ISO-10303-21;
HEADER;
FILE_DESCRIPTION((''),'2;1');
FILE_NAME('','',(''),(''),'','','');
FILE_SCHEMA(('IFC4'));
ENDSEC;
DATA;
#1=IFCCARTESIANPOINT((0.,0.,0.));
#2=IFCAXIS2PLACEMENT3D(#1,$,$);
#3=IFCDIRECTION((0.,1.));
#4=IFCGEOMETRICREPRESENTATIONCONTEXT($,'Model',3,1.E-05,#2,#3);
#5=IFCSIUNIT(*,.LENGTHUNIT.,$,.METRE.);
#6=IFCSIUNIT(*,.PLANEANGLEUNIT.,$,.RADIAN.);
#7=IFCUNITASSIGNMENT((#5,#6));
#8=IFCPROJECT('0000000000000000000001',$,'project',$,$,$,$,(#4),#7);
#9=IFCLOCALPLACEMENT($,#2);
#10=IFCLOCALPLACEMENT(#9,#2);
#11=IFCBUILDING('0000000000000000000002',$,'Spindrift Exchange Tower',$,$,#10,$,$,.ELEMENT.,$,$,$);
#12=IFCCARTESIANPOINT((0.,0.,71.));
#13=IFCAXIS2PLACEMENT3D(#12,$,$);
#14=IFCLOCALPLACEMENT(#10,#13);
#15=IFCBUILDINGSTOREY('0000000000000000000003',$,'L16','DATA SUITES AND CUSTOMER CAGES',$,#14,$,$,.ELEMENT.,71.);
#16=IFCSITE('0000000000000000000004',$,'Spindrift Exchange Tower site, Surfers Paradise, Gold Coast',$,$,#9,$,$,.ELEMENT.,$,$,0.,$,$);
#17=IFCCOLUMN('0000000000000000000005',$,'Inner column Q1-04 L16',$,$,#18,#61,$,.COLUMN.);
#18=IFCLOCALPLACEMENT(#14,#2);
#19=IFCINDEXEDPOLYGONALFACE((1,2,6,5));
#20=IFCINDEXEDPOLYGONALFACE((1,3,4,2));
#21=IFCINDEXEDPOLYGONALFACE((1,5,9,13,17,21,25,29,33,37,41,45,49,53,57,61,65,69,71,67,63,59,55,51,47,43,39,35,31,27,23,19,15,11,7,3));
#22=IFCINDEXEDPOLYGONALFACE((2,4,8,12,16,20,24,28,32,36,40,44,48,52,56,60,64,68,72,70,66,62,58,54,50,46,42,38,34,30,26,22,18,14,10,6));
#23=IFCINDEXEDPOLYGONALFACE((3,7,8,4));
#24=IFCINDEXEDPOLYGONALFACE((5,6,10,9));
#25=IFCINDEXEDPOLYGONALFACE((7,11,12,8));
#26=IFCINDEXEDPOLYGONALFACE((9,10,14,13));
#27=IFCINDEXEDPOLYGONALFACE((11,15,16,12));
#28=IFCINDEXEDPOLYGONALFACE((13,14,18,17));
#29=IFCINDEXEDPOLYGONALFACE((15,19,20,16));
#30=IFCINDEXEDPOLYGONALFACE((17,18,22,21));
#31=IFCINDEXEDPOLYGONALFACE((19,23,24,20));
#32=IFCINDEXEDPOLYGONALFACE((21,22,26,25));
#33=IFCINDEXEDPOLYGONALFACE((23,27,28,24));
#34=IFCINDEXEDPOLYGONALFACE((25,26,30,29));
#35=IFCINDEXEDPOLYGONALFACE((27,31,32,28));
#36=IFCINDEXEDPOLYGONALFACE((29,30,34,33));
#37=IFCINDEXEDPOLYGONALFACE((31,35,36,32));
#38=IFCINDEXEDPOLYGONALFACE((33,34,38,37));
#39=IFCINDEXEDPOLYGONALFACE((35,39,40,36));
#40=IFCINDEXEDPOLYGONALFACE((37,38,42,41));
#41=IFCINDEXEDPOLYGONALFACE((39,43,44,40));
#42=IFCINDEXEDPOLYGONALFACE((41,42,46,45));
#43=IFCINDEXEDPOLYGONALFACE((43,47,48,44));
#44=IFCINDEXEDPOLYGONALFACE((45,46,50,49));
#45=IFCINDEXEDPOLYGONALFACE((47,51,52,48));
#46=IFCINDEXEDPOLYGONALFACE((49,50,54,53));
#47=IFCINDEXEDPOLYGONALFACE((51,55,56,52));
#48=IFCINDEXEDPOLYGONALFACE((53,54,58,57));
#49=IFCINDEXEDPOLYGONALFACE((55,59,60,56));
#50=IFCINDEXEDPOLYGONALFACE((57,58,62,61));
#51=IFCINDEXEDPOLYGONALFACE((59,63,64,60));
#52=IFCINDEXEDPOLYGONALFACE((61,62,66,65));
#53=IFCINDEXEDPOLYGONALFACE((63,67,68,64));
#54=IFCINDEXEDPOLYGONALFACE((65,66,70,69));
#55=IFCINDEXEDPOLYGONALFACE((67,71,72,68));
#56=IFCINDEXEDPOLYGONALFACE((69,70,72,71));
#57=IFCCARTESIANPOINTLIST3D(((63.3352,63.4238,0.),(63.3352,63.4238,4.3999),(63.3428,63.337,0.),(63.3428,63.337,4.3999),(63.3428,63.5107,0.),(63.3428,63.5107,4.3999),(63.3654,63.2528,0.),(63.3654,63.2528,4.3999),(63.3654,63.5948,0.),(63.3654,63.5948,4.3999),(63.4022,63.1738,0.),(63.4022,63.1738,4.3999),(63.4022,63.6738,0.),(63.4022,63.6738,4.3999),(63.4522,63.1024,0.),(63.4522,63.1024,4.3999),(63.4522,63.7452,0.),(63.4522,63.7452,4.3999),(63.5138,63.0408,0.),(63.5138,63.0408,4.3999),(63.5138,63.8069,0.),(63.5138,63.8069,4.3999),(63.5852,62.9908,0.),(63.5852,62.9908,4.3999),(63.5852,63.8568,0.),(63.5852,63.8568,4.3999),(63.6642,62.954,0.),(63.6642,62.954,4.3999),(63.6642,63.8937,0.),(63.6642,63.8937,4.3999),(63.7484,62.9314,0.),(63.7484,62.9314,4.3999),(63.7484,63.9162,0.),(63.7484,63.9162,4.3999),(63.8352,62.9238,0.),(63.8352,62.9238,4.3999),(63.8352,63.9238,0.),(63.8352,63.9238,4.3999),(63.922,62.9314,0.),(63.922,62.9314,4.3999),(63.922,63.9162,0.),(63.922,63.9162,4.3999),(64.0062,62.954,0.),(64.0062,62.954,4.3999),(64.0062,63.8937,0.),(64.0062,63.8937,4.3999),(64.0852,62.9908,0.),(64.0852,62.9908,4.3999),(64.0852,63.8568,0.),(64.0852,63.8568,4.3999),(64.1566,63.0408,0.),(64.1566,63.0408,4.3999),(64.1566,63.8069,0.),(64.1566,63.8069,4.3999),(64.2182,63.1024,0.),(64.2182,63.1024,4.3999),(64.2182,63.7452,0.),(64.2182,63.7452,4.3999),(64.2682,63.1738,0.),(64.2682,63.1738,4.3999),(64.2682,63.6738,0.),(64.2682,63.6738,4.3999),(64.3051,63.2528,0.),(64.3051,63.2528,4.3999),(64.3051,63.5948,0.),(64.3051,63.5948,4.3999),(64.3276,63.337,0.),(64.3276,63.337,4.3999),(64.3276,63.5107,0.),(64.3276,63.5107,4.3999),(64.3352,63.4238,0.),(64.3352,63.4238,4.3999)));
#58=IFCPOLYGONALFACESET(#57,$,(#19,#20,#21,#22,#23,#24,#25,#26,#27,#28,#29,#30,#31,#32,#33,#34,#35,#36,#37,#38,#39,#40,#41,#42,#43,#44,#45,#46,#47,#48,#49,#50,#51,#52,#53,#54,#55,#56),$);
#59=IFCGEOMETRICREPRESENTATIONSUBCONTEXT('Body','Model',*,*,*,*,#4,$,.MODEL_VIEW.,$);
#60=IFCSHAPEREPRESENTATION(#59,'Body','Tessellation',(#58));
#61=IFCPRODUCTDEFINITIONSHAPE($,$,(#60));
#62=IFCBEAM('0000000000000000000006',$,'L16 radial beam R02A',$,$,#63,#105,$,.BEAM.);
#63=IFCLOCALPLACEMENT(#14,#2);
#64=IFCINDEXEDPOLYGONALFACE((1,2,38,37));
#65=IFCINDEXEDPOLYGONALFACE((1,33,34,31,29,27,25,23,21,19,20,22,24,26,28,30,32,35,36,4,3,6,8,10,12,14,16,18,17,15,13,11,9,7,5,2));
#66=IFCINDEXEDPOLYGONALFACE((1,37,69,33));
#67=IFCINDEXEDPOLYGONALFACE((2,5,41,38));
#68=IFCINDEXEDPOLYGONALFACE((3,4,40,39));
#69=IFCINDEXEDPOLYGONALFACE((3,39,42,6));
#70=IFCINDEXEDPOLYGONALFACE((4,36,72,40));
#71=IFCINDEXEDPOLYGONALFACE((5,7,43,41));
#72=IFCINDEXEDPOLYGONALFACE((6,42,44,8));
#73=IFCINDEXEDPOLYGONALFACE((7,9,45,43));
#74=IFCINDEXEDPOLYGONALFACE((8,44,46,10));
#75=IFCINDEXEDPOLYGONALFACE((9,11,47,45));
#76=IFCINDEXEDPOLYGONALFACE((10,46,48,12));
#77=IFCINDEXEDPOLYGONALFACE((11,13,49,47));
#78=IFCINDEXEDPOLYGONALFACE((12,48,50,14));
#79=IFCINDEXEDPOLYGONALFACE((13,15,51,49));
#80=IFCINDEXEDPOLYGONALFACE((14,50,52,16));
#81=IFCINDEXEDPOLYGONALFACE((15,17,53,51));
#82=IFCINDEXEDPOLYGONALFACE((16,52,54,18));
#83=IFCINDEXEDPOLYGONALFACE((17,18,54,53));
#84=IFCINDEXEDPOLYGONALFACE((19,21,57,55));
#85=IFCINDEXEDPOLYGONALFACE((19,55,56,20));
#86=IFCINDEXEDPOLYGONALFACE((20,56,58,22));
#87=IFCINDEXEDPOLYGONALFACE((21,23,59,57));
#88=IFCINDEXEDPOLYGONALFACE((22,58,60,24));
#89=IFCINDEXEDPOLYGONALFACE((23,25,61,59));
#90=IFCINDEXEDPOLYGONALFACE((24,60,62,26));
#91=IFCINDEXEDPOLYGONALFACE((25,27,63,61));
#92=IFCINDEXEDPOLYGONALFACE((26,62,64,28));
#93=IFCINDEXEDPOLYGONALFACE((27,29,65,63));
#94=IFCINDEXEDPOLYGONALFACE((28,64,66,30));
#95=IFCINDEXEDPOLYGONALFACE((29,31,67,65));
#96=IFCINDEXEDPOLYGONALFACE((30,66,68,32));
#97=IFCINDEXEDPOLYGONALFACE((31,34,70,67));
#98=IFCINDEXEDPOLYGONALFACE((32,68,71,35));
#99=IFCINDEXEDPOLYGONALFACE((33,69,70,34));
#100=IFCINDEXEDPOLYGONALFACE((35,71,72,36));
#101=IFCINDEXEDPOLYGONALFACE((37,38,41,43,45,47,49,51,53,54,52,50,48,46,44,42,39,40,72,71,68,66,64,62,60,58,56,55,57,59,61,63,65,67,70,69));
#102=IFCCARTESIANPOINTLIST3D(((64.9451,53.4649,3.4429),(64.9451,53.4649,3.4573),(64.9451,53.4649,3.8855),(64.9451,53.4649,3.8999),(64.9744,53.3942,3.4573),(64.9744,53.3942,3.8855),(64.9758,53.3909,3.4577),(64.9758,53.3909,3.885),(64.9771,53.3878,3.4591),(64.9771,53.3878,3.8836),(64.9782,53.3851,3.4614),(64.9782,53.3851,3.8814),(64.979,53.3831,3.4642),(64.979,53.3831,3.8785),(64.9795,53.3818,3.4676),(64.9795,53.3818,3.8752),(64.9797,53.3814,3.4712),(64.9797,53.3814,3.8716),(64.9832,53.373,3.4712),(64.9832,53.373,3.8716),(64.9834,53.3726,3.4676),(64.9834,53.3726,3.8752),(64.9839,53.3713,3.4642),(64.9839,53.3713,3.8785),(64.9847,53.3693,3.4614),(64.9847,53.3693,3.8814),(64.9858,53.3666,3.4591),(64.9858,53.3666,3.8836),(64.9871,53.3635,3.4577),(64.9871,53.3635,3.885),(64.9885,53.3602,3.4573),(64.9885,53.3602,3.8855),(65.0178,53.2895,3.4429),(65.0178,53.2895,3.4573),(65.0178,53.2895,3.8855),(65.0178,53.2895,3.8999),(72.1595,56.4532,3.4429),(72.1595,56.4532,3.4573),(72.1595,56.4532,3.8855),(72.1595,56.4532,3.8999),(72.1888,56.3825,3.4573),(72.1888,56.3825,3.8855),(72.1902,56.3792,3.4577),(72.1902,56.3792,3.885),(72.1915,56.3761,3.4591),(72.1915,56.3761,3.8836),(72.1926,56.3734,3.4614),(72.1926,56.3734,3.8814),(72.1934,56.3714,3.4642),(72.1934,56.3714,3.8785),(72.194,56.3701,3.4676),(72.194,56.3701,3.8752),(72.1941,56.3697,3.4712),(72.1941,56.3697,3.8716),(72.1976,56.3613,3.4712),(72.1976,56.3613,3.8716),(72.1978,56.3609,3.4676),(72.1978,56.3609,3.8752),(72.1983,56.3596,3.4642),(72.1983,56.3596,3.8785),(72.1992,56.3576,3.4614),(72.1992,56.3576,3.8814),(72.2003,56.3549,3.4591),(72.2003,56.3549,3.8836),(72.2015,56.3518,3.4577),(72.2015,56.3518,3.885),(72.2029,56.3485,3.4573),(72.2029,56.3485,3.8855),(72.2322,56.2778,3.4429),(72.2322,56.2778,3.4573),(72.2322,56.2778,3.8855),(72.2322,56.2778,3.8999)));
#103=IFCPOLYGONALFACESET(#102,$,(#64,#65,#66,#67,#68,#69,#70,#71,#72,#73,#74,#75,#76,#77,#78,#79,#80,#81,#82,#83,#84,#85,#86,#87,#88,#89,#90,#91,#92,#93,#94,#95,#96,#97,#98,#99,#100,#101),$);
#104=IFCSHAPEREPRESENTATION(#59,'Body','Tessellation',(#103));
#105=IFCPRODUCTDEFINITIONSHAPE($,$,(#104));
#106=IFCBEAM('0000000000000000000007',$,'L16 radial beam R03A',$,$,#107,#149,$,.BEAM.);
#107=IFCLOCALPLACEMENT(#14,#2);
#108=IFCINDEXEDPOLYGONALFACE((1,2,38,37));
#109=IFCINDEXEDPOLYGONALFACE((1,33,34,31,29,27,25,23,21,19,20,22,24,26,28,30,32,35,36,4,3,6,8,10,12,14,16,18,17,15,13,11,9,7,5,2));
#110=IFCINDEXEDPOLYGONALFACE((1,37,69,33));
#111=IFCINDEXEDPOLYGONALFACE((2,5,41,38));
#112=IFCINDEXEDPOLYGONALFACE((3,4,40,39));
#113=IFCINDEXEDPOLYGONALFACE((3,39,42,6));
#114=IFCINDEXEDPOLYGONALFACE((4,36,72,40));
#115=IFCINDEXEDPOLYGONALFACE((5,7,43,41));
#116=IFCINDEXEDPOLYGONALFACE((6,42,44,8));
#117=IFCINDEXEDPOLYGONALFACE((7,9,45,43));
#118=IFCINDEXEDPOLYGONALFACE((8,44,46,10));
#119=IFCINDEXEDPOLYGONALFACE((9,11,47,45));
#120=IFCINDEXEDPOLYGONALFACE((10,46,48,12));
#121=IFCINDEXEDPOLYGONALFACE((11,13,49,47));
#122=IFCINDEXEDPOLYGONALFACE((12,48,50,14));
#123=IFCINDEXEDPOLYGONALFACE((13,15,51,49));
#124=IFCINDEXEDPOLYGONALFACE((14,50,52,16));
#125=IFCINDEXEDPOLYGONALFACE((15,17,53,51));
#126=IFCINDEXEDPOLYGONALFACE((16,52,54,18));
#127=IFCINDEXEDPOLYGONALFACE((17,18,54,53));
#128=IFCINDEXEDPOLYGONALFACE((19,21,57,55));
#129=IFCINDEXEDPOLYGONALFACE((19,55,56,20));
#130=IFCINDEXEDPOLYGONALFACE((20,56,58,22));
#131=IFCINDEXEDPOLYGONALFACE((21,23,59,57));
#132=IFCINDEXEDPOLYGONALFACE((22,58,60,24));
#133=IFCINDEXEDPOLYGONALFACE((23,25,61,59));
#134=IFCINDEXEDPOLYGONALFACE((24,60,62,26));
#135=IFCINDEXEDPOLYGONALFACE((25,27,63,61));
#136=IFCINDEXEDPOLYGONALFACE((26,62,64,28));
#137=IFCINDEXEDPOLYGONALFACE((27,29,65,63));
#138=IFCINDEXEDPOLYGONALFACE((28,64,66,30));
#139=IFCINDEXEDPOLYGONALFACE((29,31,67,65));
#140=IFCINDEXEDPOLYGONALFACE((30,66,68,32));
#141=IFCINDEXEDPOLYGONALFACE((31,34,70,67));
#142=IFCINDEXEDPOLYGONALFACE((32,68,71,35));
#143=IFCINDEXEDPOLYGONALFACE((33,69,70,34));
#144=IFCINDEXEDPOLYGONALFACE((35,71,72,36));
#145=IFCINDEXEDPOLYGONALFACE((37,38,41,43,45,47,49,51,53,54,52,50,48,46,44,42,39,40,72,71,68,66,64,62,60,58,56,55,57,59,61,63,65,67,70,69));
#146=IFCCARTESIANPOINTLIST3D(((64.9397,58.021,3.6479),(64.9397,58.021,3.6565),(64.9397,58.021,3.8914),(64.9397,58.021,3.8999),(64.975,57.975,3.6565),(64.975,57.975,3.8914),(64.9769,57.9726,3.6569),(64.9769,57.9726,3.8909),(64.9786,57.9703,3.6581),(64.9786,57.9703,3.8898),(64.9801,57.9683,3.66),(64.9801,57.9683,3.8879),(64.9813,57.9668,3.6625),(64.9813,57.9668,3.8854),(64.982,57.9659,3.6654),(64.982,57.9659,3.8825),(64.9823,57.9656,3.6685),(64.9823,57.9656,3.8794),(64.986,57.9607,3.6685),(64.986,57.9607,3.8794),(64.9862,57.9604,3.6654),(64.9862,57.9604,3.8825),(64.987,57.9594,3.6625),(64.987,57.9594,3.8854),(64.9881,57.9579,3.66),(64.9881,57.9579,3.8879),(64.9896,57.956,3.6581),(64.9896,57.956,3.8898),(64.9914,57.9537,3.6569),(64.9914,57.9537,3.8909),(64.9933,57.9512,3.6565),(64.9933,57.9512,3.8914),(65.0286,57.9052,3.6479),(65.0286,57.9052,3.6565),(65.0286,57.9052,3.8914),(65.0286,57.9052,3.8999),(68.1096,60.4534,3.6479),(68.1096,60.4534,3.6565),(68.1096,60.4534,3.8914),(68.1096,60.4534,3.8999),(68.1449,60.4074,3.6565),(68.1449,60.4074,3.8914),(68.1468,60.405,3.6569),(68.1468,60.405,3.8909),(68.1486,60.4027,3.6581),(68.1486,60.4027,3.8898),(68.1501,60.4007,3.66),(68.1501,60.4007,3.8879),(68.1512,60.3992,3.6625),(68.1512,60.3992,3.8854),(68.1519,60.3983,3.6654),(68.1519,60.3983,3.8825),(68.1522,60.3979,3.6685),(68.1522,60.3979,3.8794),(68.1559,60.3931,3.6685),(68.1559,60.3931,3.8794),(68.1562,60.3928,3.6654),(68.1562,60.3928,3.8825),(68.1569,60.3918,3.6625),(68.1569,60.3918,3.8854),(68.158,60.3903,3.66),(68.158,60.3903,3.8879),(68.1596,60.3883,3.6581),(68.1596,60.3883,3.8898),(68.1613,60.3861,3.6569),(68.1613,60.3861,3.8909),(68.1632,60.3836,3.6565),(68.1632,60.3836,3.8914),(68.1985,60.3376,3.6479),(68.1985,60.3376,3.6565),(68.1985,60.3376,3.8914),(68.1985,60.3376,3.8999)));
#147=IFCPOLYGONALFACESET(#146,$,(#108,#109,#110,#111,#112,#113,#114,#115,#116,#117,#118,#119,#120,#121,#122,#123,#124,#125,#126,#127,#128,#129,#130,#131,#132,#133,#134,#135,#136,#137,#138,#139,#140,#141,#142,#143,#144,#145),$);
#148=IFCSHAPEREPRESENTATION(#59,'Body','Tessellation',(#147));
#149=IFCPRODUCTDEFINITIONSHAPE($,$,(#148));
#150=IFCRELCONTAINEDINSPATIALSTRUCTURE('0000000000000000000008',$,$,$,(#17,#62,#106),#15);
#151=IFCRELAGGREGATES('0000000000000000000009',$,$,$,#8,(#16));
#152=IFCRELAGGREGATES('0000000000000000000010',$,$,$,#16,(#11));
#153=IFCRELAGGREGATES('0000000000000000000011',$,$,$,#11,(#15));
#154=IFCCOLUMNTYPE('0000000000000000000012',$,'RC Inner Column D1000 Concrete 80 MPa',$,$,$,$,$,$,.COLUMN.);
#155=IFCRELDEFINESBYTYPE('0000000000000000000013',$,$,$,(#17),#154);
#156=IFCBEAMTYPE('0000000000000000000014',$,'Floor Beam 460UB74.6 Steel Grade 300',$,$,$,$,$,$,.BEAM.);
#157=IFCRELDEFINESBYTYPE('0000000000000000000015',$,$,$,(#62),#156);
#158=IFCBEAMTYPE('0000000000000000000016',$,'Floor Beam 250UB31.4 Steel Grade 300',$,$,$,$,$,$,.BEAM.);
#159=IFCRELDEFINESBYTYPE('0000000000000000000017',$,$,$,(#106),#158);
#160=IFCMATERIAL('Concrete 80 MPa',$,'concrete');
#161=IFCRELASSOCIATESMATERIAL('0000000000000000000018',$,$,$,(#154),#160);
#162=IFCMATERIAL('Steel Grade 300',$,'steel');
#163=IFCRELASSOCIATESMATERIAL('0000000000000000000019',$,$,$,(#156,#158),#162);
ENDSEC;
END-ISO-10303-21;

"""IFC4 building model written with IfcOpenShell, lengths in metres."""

from ifc_helpers import new_model, si_unit, direction, frame, origin, origin_2d, place, context, subcontext, project, spatial, circle, i_section, extrude, source, transform, mapped, material, material_profile, profile_set, type_object, element, save


model = new_model("IFC4")

# Units and contexts
model_context = context("Model", 3, precision=1e-05, world=origin(), true_north=direction((0.0, 1.0)))
body_context = subcontext(model_context, "Body", "Model", "MODEL_VIEW")
ifc_project = project(units=[si_unit("LENGTHUNIT", "METRE"), si_unit("PLANEANGLEUNIT", "RADIAN")], contexts=[model_context])

# Site, building, storey
site_placement = place(None, origin())
site = spatial("IfcSite", under=ifc_project, at=site_placement, Name="Spindrift Exchange Tower site, Surfers Paradise, Gold Coast", CompositionType="ELEMENT", RefElevation=0.0)
building_placement = place(site_placement, origin())
building = spatial("IfcBuilding", under=site, at=building_placement, Name="Spindrift Exchange Tower", CompositionType="ELEMENT")
storey_placement = place(building_placement, frame((0.0, 0.0, 71.0)))
storey = spatial("IfcBuildingStorey", under=building, at=storey_placement, Name="L16", Description="DATA SUITES AND CUSTOMER CAGES", CompositionType="ELEMENT", Elevation=71.0)

# Column
ifc_material_1 = material(Name="Concrete 80 MPa", Category="concrete")
ifc_material_profile_1 = material_profile(ifc_material_1, circle(Radius=0.5, at=origin_2d()), Name="RC D1000")
ifc_profile_set_1 = profile_set([ifc_material_profile_1], Name="Concrete 80 MPa")
column_type = type_object("IfcColumnType", Name="RC Inner Column D1000 Concrete 80 MPa", PredefinedType="COLUMN", material=ifc_profile_set_1)
shared_shape_1 = source(origin(), body_context, "Body", "SweptSolid", [
    extrude(circle(Radius=0.5, at=origin_2d()), origin(), (0.0, 0.0, 1.0), 4.3999),
])
column_placement = place(storey_placement, frame((63.8352, 63.4238, 0.0), z_axis=(0.0, 0.0, 1.0), x_axis=(1.0, 0.0, 0.0)))
element("IfcColumn", 1, at=column_placement, inside=storey, type_object=column_type, Name="Inner column Q1-04 L16", PredefinedType="COLUMN", context=body_context, shape_type="MappedRepresentation", body=[
    mapped(shared_shape_1, transform((0.0, 0.0, 0.0), scale=1.0)),
])

# Beams
ifc_material_2 = material(Name="Steel Grade 300", Category="steel")
ifc_material_profile_2 = material_profile(ifc_material_2, i_section(OverallWidth=0.1899, OverallDepth=0.457, WebThickness=0.009, FlangeThickness=0.0144, FilletRadius=0.0139, at=origin_2d()), Name="460UB74.6")
ifc_profile_set_2 = profile_set([ifc_material_profile_2], Name="Steel Grade 300")
beam_type_1 = type_object("IfcBeamType", Name="Floor Beam 460UB74.6 Steel Grade 300", PredefinedType="BEAM", material=ifc_profile_set_2)
shared_shape_2 = source(origin(), body_context, "Body", "SweptSolid", [
    extrude(i_section(OverallWidth=0.1899, OverallDepth=0.457, WebThickness=0.009, FlangeThickness=0.0144, FilletRadius=0.0139, at=origin_2d()), origin(), (0.0, 0.0, 1.0), 7.8088),
])
beam_1_placement = place(storey_placement, frame((64.9814, 53.3772, 3.6714), z_axis=(0.92388, 0.382683, 0.0), x_axis=(-0.382683, 0.92388, 0.0)))
element("IfcBeam", 2, at=beam_1_placement, inside=storey, type_object=beam_type_1, Name="L16 radial beam R02A", PredefinedType="BEAM", context=body_context, shape_type="MappedRepresentation", body=[
    mapped(shared_shape_2, transform((0.0, 0.0, 0.0), scale=1.0)),
])
ifc_material_profile_3 = material_profile(ifc_material_2, i_section(OverallWidth=0.146, OverallDepth=0.252, WebThickness=0.0061, FlangeThickness=0.0085, FilletRadius=0.012, at=origin_2d()), Name="250UB31.4")
ifc_profile_set_3 = profile_set([ifc_material_profile_3], Name="Steel Grade 300")
beam_type_2 = type_object("IfcBeamType", Name="Floor Beam 250UB31.4 Steel Grade 300", PredefinedType="BEAM", material=ifc_profile_set_3)
shared_shape_3 = source(origin(), body_context, "Body", "SweptSolid", [
    extrude(i_section(OverallWidth=0.146, OverallDepth=0.252, WebThickness=0.0061, FlangeThickness=0.0085, FilletRadius=0.012, at=origin_2d()), origin(), (0.0, 0.0, 1.0), 3.9956),
])
beam_2_placement = place(storey_placement, frame((64.9841, 57.9631, 3.7739), z_axis=(0.793353, 0.608762, 0.0), x_axis=(-0.608762, 0.793353, 0.0)))
element("IfcBeam", 3, at=beam_2_placement, inside=storey, type_object=beam_type_2, Name="L16 radial beam R03A", PredefinedType="BEAM", context=body_context, shape_type="MappedRepresentation", body=[
    mapped(shared_shape_3, transform((0.0, 0.0, 0.0), scale=1.0)),
])

save(model, "model.ifc")
